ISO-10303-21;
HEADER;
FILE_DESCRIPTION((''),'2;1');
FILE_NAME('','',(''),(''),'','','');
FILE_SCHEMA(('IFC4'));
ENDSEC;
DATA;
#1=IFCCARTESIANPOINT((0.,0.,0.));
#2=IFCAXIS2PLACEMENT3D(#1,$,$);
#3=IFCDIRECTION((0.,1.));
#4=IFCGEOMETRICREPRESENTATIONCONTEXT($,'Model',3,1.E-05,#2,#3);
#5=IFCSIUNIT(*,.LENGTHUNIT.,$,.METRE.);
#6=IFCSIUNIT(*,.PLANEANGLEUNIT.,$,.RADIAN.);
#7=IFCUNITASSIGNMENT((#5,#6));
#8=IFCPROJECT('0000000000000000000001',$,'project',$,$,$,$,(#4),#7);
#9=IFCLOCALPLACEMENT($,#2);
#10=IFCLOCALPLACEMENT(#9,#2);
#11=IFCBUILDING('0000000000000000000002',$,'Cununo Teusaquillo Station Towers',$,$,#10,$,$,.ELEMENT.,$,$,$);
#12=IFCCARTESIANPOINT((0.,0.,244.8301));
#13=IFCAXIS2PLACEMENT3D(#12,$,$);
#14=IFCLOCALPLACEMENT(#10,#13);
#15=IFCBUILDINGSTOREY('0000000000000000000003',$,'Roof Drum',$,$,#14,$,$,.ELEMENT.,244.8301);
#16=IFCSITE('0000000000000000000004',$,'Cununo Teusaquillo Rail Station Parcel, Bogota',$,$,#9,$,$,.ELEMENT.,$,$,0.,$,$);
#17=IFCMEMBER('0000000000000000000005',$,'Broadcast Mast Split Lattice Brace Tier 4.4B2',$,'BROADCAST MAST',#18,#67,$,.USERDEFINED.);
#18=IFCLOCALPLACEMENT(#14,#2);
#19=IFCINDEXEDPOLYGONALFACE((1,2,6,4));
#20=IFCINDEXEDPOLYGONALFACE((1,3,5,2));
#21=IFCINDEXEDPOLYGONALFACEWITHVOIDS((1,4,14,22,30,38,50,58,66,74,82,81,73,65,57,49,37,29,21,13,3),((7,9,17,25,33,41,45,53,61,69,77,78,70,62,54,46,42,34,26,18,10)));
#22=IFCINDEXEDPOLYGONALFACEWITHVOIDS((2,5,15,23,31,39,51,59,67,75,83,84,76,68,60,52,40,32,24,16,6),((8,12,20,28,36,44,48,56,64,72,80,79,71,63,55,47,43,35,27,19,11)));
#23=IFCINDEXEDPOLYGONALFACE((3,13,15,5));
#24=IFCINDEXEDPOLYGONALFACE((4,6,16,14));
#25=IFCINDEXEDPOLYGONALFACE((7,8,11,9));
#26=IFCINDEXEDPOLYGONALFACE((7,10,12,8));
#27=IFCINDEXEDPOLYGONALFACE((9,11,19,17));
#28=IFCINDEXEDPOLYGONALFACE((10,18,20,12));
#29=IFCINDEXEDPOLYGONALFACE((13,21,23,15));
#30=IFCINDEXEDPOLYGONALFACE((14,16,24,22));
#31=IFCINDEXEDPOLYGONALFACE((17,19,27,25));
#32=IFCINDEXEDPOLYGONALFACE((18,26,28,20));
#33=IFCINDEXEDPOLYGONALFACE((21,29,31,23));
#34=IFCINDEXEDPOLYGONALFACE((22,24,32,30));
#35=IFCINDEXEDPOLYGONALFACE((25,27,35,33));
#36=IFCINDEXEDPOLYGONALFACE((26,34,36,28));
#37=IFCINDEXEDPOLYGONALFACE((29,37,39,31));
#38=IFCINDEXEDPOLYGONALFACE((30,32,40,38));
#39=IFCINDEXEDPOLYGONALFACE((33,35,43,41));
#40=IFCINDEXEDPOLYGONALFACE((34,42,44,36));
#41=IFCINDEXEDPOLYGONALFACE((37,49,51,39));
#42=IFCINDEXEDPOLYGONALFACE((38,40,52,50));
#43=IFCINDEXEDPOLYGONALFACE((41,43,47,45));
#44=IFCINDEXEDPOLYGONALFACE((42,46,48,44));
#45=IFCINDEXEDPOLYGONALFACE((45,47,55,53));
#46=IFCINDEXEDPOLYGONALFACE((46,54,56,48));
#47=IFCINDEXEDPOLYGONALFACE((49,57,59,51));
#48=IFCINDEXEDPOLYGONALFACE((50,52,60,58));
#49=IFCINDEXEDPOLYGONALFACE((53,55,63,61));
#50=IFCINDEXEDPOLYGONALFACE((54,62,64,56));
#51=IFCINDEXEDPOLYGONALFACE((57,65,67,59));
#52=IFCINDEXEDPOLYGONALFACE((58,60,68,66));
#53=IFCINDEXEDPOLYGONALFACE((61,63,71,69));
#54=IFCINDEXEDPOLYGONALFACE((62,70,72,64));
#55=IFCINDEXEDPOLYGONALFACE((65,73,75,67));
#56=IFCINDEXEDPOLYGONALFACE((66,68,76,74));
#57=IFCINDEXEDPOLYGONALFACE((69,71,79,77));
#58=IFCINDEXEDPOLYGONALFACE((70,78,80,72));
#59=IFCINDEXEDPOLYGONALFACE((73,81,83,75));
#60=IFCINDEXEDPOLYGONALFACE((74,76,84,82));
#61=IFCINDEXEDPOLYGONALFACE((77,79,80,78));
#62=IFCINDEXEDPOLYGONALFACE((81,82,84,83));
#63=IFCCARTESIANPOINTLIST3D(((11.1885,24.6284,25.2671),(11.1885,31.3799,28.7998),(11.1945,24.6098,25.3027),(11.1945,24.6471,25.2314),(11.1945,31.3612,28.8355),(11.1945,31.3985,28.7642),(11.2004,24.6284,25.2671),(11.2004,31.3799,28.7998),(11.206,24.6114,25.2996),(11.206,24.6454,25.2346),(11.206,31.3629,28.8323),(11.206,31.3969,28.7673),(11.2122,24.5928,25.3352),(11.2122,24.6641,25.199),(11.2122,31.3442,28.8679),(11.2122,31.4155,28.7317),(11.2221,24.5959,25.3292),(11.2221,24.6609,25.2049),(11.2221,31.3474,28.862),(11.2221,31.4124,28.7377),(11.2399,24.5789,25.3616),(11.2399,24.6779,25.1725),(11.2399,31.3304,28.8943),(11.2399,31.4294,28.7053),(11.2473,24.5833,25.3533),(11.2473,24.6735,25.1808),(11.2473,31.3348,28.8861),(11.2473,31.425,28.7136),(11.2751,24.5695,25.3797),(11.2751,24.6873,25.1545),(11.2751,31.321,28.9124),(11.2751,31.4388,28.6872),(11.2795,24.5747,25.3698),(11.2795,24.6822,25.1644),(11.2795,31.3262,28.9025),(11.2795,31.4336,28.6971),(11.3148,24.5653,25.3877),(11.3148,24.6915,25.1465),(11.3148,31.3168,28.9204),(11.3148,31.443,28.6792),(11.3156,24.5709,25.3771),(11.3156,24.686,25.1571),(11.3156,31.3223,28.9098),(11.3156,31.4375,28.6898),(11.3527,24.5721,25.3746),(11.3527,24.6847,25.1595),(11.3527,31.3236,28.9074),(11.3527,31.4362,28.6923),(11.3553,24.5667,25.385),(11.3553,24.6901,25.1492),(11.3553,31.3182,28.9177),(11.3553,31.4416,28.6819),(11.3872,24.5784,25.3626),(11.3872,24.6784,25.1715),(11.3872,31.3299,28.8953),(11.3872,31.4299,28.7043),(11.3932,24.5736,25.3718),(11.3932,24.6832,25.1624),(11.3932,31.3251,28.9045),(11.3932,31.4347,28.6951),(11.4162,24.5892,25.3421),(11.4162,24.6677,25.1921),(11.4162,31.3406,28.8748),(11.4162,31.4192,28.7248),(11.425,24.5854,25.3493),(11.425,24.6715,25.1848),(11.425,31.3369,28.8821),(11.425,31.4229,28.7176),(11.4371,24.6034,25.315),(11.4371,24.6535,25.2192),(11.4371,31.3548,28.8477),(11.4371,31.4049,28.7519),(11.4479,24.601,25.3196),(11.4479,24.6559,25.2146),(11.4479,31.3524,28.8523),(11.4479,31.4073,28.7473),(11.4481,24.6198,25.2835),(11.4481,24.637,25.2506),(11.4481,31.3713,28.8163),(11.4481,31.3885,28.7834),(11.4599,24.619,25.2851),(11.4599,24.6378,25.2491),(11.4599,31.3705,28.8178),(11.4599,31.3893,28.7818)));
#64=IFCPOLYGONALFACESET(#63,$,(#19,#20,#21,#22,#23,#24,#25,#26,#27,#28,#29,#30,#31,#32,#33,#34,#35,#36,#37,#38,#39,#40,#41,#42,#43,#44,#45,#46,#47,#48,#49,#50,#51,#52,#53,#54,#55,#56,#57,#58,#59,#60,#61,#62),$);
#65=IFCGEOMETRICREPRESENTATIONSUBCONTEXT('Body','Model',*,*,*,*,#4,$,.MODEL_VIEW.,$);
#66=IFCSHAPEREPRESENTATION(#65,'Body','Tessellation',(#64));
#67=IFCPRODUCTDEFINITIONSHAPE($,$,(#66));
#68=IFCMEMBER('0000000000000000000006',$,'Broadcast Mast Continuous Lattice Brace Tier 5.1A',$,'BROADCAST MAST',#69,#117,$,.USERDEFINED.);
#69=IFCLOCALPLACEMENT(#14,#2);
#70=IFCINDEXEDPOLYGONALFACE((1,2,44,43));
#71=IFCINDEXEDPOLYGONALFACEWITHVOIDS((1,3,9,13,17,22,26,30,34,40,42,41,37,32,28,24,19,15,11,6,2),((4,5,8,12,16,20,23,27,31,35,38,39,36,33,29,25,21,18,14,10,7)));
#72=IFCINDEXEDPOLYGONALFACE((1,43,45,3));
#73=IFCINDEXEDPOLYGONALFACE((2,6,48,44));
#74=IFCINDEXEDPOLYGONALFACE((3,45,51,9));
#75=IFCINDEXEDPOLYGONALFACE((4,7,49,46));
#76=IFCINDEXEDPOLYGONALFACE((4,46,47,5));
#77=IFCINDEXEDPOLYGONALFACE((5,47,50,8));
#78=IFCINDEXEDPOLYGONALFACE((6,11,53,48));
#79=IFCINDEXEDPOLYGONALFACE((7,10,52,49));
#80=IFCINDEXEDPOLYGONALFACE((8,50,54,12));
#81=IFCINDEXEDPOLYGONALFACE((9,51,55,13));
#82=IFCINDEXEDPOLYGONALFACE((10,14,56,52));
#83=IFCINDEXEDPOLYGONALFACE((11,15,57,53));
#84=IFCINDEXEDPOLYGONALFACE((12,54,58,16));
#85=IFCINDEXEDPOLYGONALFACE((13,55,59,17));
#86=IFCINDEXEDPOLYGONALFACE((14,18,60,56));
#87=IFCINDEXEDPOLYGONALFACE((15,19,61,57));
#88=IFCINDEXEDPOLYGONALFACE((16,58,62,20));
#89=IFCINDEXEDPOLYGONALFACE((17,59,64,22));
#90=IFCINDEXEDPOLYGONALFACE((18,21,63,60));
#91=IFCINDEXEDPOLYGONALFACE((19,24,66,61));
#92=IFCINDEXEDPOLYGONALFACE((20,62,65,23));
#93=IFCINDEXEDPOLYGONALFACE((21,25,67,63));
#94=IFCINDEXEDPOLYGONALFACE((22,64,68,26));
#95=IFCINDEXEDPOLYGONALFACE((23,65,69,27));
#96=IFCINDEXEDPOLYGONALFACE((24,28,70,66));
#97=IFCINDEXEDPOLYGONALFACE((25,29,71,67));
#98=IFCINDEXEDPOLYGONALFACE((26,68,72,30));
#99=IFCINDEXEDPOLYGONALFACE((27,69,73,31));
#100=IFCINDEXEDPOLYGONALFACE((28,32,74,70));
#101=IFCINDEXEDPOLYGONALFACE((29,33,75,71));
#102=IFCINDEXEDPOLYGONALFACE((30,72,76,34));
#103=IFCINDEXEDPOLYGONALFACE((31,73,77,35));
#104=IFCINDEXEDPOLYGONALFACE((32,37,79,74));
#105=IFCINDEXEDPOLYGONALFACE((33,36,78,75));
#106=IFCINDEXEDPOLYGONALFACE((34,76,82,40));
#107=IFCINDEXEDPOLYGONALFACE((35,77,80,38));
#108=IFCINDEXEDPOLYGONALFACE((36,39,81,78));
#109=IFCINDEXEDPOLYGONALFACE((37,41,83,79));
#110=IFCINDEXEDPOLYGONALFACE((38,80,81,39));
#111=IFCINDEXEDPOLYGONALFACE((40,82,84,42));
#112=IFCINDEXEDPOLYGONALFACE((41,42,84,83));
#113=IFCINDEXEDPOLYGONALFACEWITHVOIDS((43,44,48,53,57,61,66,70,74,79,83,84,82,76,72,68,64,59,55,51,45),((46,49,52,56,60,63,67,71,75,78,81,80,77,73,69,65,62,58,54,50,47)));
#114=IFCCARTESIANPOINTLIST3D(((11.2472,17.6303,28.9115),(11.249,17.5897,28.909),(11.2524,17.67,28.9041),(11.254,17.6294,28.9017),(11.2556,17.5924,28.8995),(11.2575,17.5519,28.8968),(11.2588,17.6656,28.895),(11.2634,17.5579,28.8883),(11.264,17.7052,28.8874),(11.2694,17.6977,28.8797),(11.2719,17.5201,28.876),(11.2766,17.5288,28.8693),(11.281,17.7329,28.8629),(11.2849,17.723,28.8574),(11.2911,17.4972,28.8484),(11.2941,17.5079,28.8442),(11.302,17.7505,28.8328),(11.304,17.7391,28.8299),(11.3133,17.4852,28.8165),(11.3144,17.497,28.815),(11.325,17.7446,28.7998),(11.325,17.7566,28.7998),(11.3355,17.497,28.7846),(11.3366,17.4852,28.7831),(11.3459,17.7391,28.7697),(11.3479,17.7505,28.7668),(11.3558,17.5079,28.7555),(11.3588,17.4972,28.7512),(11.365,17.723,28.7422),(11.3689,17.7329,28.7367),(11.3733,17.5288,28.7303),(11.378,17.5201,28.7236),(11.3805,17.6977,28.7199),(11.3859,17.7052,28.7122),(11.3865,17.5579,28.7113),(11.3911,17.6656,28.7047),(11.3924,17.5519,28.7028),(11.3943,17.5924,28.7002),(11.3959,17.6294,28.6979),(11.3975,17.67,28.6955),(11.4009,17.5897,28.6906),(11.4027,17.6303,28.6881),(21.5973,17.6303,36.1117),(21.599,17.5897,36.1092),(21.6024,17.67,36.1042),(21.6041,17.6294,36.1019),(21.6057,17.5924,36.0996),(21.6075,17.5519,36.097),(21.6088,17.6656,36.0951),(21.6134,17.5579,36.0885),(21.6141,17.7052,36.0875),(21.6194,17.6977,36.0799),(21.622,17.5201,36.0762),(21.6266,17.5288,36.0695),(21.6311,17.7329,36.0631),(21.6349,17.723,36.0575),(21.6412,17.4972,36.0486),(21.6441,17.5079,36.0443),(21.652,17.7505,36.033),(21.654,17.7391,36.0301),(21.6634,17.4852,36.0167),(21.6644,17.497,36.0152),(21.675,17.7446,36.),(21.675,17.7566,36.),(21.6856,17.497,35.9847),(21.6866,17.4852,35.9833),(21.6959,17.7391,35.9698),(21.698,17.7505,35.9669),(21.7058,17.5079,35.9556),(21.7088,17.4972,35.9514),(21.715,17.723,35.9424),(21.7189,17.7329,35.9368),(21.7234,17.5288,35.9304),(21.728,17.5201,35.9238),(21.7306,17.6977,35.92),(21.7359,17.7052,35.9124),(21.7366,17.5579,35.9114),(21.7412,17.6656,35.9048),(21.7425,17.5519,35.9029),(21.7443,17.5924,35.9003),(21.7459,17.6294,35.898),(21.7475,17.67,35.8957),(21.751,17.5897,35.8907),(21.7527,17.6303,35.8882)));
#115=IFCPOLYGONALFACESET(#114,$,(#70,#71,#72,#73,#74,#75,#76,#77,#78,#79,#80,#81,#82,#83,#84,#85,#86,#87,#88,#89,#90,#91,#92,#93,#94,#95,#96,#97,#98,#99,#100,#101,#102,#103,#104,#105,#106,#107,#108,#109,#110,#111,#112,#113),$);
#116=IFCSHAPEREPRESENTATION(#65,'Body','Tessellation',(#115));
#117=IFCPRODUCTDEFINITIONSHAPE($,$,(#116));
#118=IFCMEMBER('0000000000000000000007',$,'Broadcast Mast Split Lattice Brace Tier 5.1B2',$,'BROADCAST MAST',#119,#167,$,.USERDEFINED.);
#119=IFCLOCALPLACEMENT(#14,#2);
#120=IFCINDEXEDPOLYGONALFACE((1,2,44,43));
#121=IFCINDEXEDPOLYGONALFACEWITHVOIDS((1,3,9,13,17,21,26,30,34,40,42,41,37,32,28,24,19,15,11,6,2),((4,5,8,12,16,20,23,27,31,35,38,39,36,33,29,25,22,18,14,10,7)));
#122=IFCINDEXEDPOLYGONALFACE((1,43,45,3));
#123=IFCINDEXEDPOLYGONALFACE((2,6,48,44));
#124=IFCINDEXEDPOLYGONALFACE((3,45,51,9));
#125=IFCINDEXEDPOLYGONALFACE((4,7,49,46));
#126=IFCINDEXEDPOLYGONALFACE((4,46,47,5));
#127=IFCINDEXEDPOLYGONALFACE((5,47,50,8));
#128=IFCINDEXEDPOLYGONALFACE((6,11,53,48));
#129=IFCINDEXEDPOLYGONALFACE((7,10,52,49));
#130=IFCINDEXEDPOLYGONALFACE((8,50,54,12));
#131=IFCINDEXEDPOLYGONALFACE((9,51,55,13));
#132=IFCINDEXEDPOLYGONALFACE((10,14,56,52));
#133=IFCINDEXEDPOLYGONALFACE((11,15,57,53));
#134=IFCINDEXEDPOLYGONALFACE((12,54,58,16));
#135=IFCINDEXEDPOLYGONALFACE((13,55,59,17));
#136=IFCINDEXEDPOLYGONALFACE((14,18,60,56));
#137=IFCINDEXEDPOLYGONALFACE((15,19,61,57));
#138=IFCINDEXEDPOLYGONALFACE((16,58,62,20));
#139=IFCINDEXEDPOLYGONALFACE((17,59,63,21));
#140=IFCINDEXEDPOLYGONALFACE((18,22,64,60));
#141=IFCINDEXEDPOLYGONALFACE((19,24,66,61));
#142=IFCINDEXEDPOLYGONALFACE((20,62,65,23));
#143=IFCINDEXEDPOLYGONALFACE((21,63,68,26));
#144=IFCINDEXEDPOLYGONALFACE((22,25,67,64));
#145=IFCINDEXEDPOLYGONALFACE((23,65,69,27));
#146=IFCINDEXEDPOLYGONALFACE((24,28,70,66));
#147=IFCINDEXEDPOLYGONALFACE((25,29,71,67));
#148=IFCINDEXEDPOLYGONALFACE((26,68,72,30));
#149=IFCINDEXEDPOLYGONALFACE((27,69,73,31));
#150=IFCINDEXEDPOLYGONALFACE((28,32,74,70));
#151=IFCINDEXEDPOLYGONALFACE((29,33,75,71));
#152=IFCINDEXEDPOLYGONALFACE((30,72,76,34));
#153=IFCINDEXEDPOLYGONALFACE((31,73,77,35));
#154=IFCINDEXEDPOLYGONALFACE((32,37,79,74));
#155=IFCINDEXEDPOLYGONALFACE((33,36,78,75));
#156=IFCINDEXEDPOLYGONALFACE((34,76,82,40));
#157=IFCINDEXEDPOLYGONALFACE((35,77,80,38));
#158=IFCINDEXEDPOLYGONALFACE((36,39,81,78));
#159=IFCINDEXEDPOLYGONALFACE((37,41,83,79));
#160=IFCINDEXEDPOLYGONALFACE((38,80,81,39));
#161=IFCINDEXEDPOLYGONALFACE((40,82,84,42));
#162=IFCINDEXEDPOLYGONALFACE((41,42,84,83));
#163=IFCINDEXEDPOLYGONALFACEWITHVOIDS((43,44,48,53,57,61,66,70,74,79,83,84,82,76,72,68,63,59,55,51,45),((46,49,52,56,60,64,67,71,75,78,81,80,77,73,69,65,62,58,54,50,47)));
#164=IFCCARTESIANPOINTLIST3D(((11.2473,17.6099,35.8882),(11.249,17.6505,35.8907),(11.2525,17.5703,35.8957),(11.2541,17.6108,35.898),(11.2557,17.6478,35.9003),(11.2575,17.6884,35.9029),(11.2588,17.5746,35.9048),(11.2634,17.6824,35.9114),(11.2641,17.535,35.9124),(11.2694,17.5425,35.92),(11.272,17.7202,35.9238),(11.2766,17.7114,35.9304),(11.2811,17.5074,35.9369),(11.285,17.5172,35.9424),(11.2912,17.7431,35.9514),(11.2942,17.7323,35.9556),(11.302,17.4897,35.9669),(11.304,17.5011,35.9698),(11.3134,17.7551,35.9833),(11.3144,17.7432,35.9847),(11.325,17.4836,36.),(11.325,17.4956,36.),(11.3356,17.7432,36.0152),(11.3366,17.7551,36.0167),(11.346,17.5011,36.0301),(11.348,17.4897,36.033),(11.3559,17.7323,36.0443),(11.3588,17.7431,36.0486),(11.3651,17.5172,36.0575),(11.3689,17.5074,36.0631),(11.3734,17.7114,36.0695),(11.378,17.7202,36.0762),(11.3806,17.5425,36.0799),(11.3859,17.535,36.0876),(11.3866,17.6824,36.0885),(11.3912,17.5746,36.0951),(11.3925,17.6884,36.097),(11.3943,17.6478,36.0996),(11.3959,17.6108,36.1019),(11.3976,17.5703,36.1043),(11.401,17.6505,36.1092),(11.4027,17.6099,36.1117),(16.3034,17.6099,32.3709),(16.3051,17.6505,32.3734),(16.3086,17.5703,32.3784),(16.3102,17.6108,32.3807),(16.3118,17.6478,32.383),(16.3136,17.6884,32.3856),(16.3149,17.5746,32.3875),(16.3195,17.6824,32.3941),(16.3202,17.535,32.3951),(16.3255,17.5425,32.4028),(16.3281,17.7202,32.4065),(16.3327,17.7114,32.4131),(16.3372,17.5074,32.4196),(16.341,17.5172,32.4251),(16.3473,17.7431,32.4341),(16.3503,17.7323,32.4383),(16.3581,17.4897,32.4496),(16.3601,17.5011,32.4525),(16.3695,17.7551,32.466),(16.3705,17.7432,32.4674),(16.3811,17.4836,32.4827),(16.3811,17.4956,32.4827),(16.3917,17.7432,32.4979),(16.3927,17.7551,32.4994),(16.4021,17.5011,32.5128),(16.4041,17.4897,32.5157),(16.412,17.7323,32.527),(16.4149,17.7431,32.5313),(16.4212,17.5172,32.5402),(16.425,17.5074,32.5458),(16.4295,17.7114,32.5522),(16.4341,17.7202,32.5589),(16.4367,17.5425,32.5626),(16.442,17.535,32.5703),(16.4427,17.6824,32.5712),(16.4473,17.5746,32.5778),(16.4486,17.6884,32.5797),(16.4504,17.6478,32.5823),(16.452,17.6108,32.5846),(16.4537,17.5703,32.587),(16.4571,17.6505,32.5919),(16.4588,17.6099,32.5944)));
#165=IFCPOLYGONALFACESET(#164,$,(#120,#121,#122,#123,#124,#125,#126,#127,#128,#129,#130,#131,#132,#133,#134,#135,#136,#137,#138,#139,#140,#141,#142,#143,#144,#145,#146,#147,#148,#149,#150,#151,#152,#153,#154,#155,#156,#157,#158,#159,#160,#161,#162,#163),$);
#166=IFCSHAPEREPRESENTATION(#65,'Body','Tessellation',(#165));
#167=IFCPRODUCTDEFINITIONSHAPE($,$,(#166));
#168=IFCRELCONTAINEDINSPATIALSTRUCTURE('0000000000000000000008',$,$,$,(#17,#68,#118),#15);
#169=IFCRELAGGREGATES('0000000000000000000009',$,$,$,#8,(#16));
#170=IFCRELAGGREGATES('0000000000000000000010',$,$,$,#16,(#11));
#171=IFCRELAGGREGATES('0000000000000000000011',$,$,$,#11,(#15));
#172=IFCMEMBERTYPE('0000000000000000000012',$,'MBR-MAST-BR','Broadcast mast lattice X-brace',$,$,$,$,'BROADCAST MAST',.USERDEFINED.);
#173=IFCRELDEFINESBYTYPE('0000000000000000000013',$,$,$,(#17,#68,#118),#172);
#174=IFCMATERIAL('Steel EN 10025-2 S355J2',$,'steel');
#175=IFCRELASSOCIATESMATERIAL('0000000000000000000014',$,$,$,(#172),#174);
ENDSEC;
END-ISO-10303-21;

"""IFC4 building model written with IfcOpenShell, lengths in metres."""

from ifc_helpers import new_model, si_unit, direction, frame, origin, origin_2d, place, context, subcontext, project, spatial, hollow_circle, extrude, material, material_profile, profile_set, type_object, element, save


model = new_model("IFC4")

# Units and contexts
model_context = context("Model", 3, precision=1e-05, world=origin(), true_north=direction((0.0, 1.0)))
body_context = subcontext(model_context, "Body", "Model", "MODEL_VIEW")
ifc_project = project(units=[si_unit("LENGTHUNIT", "METRE"), si_unit("PLANEANGLEUNIT", "RADIAN")], contexts=[model_context])

# Site, building, storey
site_placement = place(None, origin())
site = spatial("IfcSite", under=ifc_project, at=site_placement, Name="Cununo Teusaquillo Rail Station Parcel, Bogota", CompositionType="ELEMENT", RefElevation=0.0)
building_placement = place(site_placement, origin())
building = spatial("IfcBuilding", under=site, at=building_placement, Name="Cununo Teusaquillo Station Towers", CompositionType="ELEMENT")
storey_placement = place(building_placement, frame((0.0, 0.0, 244.8301)))
storey = spatial("IfcBuildingStorey", under=building, at=storey_placement, Name="Roof Drum", CompositionType="ELEMENT", Elevation=244.8301)

# Members
ifc_material_1 = material(Name="Steel EN 10025-2 S355J2", Category="steel")
ifc_material_profile_1 = material_profile(ifc_material_1, hollow_circle(Radius=0.1365, WallThickness=0.012, at=origin_2d()), Name="CHS 273x12")
ifc_profile_set_1 = profile_set([ifc_material_profile_1], Name="Steel EN 10025-2 S355J2")
member_type = type_object("IfcMemberType", Name="MBR-MAST-BR", Description="Broadcast mast lattice X-brace", ElementType="BROADCAST MAST", PredefinedType="USERDEFINED", material=ifc_profile_set_1)
for number, where, z_axis, x_axis, name in (
    (1, (11.325, 24.6284, 25.2671), (0.0, 0.886035, 0.463619), (-1.0, 0.0, 0.0), "Broadcast Mast Split Lattice Brace Tier 4.4B2"),
):
    element("IfcMember", number, at=place(storey_placement, frame(where, z_axis=z_axis, x_axis=x_axis)), inside=storey, type_object=member_type, Name=name, ObjectType="BROADCAST MAST", PredefinedType="USERDEFINED", context=body_context, shape_type="SweptSolid", body=[
        extrude(hollow_circle(Radius=0.1365, WallThickness=0.012, at=origin_2d()), origin(), (0.0, 0.0, 1.0), 7.6199),
    ])
member_1_placement = place(storey_placement, frame((11.325, 17.6201, 28.7998), z_axis=(0.8209, 0.0, 0.571071), x_axis=(0.0, 1.0, 0.0)))
element("IfcMember", 2, at=member_1_placement, inside=storey, type_object=member_type, Name="Broadcast Mast Continuous Lattice Brace Tier 5.1A", ObjectType="BROADCAST MAST", PredefinedType="USERDEFINED", context=body_context, shape_type="SweptSolid", body=[
    extrude(hollow_circle(Radius=0.1365, WallThickness=0.012, at=origin_2d()), origin(), (0.0, 0.0, 1.0), 12.6082),
])
for number, where, z_axis, x_axis, name in (
    (3, (16.3811, 17.6201, 32.4827), (-0.820904, 0.0, 0.571066), (0.0, -1.0, 0.0), "Broadcast Mast Split Lattice Brace Tier 5.1B2"),
):
    element("IfcMember", number, at=place(storey_placement, frame(where, z_axis=z_axis, x_axis=x_axis)), inside=storey, type_object=member_type, Name=name, ObjectType="BROADCAST MAST", PredefinedType="USERDEFINED", context=body_context, shape_type="SweptSolid", body=[
        extrude(hollow_circle(Radius=0.1365, WallThickness=0.012, at=origin_2d()), origin(), (0.0, 0.0, 1.0), 6.1592),
    ])

save(model, "model.ifc")
